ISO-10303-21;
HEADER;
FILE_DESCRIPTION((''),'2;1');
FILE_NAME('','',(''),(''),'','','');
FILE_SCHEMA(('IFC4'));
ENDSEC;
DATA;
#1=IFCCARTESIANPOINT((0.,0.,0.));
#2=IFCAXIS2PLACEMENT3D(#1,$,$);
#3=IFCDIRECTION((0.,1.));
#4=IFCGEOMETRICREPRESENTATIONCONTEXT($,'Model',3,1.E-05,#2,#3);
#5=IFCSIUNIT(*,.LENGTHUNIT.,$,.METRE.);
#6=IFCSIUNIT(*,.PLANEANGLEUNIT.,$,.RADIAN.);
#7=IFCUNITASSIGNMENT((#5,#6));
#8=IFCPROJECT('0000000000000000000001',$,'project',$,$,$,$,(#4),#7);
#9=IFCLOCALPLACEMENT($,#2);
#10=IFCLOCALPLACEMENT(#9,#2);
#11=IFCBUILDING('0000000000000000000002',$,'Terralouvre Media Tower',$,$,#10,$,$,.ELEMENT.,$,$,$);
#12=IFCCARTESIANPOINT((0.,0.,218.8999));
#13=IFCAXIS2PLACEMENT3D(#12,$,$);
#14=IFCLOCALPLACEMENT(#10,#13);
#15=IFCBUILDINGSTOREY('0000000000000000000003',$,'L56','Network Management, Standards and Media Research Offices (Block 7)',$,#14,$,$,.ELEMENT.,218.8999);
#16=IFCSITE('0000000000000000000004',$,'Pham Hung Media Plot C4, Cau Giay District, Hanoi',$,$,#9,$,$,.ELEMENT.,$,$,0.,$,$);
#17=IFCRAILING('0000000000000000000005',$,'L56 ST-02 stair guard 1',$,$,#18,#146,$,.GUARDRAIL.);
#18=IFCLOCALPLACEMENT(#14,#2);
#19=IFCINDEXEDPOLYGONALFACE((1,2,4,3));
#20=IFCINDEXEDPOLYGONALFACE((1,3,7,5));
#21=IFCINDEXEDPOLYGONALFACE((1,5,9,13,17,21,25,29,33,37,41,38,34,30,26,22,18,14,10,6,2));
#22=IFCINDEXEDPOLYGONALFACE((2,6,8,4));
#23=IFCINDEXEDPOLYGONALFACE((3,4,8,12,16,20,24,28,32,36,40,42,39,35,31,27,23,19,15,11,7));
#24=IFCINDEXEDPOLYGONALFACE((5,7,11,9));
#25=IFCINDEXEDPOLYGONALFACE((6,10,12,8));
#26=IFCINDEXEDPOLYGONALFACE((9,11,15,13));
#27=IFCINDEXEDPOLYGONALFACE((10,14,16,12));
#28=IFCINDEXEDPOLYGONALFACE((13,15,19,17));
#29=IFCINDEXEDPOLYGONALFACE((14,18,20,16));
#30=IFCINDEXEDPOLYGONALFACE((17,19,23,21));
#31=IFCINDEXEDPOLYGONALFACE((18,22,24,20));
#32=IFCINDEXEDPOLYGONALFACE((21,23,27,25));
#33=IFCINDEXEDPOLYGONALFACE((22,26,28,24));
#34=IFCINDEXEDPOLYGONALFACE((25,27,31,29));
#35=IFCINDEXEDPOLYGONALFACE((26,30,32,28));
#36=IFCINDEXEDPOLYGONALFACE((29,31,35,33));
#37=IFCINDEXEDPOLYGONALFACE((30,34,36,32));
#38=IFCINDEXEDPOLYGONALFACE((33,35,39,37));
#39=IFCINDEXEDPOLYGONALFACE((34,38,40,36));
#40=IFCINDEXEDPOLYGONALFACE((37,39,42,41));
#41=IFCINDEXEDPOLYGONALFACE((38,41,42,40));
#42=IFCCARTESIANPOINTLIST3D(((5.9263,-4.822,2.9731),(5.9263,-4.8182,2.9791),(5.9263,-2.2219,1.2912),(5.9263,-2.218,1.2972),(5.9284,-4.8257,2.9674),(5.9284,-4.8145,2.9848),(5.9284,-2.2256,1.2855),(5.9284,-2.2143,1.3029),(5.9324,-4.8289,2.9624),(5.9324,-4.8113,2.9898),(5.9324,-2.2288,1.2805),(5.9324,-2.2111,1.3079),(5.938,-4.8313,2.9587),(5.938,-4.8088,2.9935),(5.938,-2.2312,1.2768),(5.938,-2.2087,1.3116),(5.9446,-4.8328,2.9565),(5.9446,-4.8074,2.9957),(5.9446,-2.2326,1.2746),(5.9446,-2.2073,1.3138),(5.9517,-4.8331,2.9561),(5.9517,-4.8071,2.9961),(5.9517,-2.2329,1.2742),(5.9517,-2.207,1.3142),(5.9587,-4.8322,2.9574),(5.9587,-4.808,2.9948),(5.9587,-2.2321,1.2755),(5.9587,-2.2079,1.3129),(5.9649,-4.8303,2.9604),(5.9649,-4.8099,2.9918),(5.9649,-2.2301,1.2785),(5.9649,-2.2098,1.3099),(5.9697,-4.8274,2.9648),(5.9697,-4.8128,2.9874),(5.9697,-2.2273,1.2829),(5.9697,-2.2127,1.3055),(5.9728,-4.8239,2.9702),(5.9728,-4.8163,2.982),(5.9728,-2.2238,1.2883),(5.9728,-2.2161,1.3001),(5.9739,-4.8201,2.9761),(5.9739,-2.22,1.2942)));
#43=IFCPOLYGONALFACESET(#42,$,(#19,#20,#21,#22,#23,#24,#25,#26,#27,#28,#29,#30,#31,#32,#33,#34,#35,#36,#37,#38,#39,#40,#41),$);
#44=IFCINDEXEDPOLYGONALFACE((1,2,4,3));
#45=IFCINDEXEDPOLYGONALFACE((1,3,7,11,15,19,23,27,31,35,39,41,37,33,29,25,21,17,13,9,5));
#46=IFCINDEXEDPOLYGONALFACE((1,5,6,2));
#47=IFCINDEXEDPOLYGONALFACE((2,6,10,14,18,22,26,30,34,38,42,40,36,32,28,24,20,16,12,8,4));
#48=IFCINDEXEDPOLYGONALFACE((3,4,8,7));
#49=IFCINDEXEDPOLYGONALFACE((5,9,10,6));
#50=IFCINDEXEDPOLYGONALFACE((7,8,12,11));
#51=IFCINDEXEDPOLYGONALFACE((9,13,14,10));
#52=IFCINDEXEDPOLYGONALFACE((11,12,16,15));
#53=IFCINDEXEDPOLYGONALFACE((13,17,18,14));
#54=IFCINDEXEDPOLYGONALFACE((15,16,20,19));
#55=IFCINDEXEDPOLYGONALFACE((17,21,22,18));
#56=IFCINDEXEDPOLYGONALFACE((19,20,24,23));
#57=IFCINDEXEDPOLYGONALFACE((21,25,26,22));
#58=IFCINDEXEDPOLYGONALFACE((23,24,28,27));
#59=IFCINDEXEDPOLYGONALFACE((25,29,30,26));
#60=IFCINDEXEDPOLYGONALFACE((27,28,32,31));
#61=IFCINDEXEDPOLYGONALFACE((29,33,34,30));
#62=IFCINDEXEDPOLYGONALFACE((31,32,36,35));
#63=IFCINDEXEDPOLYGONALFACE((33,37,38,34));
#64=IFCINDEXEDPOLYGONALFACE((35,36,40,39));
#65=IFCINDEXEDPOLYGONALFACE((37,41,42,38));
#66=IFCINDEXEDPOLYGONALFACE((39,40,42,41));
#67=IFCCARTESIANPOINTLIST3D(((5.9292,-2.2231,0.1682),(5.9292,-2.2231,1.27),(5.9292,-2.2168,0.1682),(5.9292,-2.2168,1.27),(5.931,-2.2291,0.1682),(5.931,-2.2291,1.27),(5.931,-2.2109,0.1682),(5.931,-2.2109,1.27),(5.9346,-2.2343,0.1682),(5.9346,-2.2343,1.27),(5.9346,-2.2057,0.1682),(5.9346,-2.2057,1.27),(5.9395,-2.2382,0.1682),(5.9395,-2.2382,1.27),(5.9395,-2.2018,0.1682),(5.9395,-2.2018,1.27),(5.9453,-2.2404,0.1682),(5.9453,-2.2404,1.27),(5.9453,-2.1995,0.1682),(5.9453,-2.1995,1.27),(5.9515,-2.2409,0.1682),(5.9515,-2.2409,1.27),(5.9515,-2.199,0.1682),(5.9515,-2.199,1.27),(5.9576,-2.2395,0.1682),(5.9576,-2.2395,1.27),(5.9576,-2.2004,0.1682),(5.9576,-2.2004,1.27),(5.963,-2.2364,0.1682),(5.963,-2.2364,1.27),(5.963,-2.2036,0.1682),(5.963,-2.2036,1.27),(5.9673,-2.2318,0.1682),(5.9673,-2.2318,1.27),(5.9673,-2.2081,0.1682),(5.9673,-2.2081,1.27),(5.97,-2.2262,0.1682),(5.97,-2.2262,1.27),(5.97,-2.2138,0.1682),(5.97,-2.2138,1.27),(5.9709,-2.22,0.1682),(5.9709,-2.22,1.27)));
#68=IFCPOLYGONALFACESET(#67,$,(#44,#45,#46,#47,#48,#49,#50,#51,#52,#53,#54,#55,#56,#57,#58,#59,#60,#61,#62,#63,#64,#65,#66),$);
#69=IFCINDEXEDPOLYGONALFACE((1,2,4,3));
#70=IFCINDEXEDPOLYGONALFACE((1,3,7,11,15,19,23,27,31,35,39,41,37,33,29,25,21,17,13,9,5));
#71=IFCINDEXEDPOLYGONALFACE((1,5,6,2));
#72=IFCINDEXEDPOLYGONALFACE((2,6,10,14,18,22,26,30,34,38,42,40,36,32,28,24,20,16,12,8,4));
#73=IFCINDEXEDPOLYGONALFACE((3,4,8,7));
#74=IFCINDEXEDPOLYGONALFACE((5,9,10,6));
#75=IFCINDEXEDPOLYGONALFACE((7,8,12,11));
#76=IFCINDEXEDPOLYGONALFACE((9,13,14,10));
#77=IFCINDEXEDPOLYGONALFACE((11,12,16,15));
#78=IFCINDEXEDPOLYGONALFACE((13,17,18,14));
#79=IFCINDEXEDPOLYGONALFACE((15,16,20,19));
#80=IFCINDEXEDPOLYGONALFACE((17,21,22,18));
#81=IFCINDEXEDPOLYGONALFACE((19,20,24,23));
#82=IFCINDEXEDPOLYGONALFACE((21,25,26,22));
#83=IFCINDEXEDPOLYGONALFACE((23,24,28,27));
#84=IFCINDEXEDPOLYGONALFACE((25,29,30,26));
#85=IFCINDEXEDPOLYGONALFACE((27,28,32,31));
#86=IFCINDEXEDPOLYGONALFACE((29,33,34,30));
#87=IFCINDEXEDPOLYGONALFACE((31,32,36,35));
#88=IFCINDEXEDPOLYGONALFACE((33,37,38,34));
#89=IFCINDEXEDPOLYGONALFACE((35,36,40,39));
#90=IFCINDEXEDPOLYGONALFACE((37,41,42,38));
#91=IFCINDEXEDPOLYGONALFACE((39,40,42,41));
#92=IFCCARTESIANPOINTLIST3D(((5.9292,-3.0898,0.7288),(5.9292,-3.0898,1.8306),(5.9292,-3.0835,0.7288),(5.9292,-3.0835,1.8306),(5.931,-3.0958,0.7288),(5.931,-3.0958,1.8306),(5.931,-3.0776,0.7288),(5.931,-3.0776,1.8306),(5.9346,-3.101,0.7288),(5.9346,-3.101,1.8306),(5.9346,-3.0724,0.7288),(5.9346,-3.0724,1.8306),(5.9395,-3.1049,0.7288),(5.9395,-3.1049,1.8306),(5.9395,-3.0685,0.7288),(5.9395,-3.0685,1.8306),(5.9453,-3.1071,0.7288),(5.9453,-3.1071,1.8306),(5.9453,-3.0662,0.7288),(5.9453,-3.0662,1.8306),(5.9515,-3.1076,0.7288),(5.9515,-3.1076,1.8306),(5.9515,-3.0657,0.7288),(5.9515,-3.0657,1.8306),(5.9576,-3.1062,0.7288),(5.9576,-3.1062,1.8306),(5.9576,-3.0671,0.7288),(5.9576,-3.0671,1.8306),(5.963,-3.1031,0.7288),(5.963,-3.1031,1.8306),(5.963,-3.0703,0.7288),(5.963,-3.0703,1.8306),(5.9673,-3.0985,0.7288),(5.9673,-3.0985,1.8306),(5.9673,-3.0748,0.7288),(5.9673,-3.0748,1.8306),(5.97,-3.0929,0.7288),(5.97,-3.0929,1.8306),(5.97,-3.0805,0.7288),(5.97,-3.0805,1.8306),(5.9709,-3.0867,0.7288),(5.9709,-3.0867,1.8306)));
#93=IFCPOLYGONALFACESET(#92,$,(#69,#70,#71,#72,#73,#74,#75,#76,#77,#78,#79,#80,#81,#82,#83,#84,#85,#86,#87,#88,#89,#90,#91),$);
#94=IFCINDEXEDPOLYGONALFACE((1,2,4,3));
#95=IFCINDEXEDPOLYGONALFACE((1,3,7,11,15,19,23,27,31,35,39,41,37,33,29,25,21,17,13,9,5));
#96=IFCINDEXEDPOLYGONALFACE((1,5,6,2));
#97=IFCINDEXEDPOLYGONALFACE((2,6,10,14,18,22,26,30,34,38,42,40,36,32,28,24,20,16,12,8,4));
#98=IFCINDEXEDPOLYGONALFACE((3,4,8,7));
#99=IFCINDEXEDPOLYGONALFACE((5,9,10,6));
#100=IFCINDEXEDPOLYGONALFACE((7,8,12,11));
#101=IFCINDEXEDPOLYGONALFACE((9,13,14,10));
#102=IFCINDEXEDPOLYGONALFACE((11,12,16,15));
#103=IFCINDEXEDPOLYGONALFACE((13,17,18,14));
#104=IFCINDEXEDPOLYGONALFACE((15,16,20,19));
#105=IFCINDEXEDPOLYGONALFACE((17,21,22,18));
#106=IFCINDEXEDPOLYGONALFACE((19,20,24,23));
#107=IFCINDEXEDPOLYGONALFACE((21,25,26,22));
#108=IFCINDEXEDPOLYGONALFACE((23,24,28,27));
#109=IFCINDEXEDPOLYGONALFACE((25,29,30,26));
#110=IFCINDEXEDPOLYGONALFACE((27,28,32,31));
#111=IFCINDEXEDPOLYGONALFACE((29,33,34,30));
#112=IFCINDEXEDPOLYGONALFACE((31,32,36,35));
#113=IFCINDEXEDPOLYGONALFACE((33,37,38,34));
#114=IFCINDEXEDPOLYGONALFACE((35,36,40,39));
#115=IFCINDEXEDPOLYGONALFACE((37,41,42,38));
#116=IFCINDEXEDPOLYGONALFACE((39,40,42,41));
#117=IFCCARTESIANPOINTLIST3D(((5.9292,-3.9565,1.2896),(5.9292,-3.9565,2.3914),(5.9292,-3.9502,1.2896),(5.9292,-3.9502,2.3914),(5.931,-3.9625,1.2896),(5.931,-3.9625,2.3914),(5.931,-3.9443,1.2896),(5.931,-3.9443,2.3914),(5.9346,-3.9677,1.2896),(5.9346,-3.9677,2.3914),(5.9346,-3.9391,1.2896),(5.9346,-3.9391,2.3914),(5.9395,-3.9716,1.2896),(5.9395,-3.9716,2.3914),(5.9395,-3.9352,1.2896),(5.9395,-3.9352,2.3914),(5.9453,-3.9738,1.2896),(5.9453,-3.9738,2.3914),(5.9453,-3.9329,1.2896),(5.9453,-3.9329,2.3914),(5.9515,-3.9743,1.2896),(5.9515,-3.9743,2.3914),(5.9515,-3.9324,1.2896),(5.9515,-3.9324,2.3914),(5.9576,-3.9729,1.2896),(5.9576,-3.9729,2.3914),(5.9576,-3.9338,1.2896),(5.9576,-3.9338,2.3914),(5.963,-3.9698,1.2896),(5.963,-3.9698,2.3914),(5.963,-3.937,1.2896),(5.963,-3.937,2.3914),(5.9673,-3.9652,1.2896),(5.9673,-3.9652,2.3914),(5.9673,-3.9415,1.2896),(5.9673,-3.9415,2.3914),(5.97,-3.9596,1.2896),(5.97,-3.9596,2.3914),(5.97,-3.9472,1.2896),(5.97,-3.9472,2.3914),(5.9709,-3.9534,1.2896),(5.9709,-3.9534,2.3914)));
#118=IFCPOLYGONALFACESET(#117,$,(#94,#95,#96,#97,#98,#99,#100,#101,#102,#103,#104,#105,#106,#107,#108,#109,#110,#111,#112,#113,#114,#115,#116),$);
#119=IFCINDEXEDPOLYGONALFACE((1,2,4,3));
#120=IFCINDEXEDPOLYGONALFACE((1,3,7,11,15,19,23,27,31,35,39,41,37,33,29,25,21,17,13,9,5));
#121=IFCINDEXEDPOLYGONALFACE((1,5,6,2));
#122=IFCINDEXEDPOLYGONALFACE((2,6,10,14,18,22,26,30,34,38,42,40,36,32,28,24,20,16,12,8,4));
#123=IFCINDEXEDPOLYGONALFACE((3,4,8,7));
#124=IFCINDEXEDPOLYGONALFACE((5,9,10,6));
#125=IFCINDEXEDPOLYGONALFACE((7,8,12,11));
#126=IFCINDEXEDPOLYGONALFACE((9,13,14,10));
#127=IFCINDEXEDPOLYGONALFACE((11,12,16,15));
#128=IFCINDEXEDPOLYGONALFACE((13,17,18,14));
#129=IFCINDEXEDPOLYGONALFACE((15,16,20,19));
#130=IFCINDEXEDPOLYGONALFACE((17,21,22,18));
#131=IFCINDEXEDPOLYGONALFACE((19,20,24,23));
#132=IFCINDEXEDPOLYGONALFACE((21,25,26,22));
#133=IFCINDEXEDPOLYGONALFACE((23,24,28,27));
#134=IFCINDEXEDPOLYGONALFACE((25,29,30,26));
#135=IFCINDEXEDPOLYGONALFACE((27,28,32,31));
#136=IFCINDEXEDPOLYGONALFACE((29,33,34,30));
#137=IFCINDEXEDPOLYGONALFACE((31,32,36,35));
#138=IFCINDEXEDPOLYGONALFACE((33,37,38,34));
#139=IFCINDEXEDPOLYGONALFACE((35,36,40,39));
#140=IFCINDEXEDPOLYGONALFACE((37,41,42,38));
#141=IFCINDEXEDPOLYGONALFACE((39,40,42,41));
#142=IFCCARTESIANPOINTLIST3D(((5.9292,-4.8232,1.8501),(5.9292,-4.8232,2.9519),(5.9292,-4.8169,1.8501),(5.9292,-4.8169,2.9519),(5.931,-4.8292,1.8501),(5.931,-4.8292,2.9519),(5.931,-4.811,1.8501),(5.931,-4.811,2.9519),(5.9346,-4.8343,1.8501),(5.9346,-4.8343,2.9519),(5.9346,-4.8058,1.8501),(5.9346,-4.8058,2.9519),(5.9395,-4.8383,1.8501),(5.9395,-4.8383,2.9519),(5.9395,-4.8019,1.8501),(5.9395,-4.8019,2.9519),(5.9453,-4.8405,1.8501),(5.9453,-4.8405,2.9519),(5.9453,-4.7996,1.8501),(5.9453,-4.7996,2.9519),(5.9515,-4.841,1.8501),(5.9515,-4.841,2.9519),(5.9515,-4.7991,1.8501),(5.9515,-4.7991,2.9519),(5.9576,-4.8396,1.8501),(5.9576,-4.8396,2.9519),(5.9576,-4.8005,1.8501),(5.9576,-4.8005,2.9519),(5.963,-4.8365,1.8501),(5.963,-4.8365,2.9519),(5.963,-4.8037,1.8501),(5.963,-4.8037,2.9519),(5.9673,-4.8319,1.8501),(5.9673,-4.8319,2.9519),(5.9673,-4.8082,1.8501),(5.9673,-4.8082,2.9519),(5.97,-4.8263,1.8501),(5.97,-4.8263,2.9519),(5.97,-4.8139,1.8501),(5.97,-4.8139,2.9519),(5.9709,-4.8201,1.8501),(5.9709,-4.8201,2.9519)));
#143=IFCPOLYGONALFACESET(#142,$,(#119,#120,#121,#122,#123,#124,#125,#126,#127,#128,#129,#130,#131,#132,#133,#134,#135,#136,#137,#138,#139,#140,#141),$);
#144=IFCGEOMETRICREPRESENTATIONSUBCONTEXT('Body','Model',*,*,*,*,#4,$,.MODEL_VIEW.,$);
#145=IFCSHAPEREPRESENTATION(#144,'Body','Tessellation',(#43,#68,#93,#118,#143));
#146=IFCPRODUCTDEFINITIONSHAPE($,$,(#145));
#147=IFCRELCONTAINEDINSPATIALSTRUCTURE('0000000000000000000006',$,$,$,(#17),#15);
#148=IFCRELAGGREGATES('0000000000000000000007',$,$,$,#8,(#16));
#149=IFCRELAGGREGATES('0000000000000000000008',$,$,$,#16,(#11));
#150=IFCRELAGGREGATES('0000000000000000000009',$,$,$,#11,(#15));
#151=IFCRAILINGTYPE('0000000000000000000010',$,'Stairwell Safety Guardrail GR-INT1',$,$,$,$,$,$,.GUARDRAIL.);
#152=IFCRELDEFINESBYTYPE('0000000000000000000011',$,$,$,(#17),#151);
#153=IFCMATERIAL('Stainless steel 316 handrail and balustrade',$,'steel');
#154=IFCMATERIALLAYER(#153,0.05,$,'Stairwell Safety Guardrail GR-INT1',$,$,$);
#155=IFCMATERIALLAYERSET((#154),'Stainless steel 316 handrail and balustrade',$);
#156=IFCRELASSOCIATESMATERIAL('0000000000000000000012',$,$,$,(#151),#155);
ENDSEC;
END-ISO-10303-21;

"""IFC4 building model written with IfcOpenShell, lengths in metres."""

from ifc_helpers import new_model, si_unit, direction, frame, origin, origin_2d, place, context, subcontext, project, spatial, circle, extrude, material, layer, layer_set, type_object, element, save


model = new_model("IFC4")

# Units and contexts
model_context = context("Model", 3, precision=1e-05, world=origin(), true_north=direction((0.0, 1.0)))
body_context = subcontext(model_context, "Body", "Model", "MODEL_VIEW")
ifc_project = project(units=[si_unit("LENGTHUNIT", "METRE"), si_unit("PLANEANGLEUNIT", "RADIAN")], contexts=[model_context])

# Site, building, storey
site_placement = place(None, origin())
site = spatial("IfcSite", under=ifc_project, at=site_placement, Name="Pham Hung Media Plot C4, Cau Giay District, Hanoi", CompositionType="ELEMENT", RefElevation=0.0)
building_placement = place(site_placement, origin())
building = spatial("IfcBuilding", under=site, at=building_placement, Name="Terralouvre Media Tower", CompositionType="ELEMENT")
storey_placement = place(building_placement, frame((0.0, 0.0, 218.8999)))
storey = spatial("IfcBuildingStorey", under=building, at=storey_placement, Name="L56", Description="Network Management, Standards and Media Research Offices (Block 7)", CompositionType="ELEMENT", Elevation=218.8999)

# Railing
ifc_material_1 = material(Name="Stainless steel 316 handrail and balustrade", Category="steel")
ifc_layer_1 = layer(ifc_material_1, 0.05, Name="Stairwell Safety Guardrail GR-INT1")
ifc_layer_set_1 = layer_set([ifc_layer_1], Name="Stainless steel 316 handrail and balustrade")
railing_type_1 = type_object("IfcRailingType", Name="Stairwell Safety Guardrail GR-INT1", PredefinedType="GUARDRAIL", material=ifc_layer_set_1)
railing_1_placement = place(storey_placement, frame((5.95, -2.22, 0.1682)))
element("IfcRailing", 1, at=railing_1_placement, inside=storey, type_object=railing_type_1, Name="L56 ST-02 stair guard 1", PredefinedType="GUARDRAIL", context=body_context, shape_type="SweptSolid", body=[
    extrude(circle(Radius=0.0239, at=origin_2d()), frame((0.0, 0.0, 1.126), z_axis=(0.0, -0.839648, 0.54313), x_axis=(1.0, 0.0, 0.0)), (0.0, 0.0, 1.0), 3.0967),
    extrude(circle(Radius=0.021, at=origin_2d()), origin(), (0.0, 0.0, 1.0), 1.1018),
    extrude(circle(Radius=0.021, at=origin_2d()), frame((0.0, -0.8667, 0.5605)), (0.0, 0.0, 1.0), 1.1018),
    extrude(circle(Radius=0.021, at=origin_2d()), frame((0.0, -1.7334, 1.1213)), (0.0, 0.0, 1.0), 1.1018),
    extrude(circle(Radius=0.021, at=origin_2d()), frame((0.0, -2.6001, 1.6819)), (0.0, 0.0, 1.0), 1.1018),
])

save(model, "model.ifc")
